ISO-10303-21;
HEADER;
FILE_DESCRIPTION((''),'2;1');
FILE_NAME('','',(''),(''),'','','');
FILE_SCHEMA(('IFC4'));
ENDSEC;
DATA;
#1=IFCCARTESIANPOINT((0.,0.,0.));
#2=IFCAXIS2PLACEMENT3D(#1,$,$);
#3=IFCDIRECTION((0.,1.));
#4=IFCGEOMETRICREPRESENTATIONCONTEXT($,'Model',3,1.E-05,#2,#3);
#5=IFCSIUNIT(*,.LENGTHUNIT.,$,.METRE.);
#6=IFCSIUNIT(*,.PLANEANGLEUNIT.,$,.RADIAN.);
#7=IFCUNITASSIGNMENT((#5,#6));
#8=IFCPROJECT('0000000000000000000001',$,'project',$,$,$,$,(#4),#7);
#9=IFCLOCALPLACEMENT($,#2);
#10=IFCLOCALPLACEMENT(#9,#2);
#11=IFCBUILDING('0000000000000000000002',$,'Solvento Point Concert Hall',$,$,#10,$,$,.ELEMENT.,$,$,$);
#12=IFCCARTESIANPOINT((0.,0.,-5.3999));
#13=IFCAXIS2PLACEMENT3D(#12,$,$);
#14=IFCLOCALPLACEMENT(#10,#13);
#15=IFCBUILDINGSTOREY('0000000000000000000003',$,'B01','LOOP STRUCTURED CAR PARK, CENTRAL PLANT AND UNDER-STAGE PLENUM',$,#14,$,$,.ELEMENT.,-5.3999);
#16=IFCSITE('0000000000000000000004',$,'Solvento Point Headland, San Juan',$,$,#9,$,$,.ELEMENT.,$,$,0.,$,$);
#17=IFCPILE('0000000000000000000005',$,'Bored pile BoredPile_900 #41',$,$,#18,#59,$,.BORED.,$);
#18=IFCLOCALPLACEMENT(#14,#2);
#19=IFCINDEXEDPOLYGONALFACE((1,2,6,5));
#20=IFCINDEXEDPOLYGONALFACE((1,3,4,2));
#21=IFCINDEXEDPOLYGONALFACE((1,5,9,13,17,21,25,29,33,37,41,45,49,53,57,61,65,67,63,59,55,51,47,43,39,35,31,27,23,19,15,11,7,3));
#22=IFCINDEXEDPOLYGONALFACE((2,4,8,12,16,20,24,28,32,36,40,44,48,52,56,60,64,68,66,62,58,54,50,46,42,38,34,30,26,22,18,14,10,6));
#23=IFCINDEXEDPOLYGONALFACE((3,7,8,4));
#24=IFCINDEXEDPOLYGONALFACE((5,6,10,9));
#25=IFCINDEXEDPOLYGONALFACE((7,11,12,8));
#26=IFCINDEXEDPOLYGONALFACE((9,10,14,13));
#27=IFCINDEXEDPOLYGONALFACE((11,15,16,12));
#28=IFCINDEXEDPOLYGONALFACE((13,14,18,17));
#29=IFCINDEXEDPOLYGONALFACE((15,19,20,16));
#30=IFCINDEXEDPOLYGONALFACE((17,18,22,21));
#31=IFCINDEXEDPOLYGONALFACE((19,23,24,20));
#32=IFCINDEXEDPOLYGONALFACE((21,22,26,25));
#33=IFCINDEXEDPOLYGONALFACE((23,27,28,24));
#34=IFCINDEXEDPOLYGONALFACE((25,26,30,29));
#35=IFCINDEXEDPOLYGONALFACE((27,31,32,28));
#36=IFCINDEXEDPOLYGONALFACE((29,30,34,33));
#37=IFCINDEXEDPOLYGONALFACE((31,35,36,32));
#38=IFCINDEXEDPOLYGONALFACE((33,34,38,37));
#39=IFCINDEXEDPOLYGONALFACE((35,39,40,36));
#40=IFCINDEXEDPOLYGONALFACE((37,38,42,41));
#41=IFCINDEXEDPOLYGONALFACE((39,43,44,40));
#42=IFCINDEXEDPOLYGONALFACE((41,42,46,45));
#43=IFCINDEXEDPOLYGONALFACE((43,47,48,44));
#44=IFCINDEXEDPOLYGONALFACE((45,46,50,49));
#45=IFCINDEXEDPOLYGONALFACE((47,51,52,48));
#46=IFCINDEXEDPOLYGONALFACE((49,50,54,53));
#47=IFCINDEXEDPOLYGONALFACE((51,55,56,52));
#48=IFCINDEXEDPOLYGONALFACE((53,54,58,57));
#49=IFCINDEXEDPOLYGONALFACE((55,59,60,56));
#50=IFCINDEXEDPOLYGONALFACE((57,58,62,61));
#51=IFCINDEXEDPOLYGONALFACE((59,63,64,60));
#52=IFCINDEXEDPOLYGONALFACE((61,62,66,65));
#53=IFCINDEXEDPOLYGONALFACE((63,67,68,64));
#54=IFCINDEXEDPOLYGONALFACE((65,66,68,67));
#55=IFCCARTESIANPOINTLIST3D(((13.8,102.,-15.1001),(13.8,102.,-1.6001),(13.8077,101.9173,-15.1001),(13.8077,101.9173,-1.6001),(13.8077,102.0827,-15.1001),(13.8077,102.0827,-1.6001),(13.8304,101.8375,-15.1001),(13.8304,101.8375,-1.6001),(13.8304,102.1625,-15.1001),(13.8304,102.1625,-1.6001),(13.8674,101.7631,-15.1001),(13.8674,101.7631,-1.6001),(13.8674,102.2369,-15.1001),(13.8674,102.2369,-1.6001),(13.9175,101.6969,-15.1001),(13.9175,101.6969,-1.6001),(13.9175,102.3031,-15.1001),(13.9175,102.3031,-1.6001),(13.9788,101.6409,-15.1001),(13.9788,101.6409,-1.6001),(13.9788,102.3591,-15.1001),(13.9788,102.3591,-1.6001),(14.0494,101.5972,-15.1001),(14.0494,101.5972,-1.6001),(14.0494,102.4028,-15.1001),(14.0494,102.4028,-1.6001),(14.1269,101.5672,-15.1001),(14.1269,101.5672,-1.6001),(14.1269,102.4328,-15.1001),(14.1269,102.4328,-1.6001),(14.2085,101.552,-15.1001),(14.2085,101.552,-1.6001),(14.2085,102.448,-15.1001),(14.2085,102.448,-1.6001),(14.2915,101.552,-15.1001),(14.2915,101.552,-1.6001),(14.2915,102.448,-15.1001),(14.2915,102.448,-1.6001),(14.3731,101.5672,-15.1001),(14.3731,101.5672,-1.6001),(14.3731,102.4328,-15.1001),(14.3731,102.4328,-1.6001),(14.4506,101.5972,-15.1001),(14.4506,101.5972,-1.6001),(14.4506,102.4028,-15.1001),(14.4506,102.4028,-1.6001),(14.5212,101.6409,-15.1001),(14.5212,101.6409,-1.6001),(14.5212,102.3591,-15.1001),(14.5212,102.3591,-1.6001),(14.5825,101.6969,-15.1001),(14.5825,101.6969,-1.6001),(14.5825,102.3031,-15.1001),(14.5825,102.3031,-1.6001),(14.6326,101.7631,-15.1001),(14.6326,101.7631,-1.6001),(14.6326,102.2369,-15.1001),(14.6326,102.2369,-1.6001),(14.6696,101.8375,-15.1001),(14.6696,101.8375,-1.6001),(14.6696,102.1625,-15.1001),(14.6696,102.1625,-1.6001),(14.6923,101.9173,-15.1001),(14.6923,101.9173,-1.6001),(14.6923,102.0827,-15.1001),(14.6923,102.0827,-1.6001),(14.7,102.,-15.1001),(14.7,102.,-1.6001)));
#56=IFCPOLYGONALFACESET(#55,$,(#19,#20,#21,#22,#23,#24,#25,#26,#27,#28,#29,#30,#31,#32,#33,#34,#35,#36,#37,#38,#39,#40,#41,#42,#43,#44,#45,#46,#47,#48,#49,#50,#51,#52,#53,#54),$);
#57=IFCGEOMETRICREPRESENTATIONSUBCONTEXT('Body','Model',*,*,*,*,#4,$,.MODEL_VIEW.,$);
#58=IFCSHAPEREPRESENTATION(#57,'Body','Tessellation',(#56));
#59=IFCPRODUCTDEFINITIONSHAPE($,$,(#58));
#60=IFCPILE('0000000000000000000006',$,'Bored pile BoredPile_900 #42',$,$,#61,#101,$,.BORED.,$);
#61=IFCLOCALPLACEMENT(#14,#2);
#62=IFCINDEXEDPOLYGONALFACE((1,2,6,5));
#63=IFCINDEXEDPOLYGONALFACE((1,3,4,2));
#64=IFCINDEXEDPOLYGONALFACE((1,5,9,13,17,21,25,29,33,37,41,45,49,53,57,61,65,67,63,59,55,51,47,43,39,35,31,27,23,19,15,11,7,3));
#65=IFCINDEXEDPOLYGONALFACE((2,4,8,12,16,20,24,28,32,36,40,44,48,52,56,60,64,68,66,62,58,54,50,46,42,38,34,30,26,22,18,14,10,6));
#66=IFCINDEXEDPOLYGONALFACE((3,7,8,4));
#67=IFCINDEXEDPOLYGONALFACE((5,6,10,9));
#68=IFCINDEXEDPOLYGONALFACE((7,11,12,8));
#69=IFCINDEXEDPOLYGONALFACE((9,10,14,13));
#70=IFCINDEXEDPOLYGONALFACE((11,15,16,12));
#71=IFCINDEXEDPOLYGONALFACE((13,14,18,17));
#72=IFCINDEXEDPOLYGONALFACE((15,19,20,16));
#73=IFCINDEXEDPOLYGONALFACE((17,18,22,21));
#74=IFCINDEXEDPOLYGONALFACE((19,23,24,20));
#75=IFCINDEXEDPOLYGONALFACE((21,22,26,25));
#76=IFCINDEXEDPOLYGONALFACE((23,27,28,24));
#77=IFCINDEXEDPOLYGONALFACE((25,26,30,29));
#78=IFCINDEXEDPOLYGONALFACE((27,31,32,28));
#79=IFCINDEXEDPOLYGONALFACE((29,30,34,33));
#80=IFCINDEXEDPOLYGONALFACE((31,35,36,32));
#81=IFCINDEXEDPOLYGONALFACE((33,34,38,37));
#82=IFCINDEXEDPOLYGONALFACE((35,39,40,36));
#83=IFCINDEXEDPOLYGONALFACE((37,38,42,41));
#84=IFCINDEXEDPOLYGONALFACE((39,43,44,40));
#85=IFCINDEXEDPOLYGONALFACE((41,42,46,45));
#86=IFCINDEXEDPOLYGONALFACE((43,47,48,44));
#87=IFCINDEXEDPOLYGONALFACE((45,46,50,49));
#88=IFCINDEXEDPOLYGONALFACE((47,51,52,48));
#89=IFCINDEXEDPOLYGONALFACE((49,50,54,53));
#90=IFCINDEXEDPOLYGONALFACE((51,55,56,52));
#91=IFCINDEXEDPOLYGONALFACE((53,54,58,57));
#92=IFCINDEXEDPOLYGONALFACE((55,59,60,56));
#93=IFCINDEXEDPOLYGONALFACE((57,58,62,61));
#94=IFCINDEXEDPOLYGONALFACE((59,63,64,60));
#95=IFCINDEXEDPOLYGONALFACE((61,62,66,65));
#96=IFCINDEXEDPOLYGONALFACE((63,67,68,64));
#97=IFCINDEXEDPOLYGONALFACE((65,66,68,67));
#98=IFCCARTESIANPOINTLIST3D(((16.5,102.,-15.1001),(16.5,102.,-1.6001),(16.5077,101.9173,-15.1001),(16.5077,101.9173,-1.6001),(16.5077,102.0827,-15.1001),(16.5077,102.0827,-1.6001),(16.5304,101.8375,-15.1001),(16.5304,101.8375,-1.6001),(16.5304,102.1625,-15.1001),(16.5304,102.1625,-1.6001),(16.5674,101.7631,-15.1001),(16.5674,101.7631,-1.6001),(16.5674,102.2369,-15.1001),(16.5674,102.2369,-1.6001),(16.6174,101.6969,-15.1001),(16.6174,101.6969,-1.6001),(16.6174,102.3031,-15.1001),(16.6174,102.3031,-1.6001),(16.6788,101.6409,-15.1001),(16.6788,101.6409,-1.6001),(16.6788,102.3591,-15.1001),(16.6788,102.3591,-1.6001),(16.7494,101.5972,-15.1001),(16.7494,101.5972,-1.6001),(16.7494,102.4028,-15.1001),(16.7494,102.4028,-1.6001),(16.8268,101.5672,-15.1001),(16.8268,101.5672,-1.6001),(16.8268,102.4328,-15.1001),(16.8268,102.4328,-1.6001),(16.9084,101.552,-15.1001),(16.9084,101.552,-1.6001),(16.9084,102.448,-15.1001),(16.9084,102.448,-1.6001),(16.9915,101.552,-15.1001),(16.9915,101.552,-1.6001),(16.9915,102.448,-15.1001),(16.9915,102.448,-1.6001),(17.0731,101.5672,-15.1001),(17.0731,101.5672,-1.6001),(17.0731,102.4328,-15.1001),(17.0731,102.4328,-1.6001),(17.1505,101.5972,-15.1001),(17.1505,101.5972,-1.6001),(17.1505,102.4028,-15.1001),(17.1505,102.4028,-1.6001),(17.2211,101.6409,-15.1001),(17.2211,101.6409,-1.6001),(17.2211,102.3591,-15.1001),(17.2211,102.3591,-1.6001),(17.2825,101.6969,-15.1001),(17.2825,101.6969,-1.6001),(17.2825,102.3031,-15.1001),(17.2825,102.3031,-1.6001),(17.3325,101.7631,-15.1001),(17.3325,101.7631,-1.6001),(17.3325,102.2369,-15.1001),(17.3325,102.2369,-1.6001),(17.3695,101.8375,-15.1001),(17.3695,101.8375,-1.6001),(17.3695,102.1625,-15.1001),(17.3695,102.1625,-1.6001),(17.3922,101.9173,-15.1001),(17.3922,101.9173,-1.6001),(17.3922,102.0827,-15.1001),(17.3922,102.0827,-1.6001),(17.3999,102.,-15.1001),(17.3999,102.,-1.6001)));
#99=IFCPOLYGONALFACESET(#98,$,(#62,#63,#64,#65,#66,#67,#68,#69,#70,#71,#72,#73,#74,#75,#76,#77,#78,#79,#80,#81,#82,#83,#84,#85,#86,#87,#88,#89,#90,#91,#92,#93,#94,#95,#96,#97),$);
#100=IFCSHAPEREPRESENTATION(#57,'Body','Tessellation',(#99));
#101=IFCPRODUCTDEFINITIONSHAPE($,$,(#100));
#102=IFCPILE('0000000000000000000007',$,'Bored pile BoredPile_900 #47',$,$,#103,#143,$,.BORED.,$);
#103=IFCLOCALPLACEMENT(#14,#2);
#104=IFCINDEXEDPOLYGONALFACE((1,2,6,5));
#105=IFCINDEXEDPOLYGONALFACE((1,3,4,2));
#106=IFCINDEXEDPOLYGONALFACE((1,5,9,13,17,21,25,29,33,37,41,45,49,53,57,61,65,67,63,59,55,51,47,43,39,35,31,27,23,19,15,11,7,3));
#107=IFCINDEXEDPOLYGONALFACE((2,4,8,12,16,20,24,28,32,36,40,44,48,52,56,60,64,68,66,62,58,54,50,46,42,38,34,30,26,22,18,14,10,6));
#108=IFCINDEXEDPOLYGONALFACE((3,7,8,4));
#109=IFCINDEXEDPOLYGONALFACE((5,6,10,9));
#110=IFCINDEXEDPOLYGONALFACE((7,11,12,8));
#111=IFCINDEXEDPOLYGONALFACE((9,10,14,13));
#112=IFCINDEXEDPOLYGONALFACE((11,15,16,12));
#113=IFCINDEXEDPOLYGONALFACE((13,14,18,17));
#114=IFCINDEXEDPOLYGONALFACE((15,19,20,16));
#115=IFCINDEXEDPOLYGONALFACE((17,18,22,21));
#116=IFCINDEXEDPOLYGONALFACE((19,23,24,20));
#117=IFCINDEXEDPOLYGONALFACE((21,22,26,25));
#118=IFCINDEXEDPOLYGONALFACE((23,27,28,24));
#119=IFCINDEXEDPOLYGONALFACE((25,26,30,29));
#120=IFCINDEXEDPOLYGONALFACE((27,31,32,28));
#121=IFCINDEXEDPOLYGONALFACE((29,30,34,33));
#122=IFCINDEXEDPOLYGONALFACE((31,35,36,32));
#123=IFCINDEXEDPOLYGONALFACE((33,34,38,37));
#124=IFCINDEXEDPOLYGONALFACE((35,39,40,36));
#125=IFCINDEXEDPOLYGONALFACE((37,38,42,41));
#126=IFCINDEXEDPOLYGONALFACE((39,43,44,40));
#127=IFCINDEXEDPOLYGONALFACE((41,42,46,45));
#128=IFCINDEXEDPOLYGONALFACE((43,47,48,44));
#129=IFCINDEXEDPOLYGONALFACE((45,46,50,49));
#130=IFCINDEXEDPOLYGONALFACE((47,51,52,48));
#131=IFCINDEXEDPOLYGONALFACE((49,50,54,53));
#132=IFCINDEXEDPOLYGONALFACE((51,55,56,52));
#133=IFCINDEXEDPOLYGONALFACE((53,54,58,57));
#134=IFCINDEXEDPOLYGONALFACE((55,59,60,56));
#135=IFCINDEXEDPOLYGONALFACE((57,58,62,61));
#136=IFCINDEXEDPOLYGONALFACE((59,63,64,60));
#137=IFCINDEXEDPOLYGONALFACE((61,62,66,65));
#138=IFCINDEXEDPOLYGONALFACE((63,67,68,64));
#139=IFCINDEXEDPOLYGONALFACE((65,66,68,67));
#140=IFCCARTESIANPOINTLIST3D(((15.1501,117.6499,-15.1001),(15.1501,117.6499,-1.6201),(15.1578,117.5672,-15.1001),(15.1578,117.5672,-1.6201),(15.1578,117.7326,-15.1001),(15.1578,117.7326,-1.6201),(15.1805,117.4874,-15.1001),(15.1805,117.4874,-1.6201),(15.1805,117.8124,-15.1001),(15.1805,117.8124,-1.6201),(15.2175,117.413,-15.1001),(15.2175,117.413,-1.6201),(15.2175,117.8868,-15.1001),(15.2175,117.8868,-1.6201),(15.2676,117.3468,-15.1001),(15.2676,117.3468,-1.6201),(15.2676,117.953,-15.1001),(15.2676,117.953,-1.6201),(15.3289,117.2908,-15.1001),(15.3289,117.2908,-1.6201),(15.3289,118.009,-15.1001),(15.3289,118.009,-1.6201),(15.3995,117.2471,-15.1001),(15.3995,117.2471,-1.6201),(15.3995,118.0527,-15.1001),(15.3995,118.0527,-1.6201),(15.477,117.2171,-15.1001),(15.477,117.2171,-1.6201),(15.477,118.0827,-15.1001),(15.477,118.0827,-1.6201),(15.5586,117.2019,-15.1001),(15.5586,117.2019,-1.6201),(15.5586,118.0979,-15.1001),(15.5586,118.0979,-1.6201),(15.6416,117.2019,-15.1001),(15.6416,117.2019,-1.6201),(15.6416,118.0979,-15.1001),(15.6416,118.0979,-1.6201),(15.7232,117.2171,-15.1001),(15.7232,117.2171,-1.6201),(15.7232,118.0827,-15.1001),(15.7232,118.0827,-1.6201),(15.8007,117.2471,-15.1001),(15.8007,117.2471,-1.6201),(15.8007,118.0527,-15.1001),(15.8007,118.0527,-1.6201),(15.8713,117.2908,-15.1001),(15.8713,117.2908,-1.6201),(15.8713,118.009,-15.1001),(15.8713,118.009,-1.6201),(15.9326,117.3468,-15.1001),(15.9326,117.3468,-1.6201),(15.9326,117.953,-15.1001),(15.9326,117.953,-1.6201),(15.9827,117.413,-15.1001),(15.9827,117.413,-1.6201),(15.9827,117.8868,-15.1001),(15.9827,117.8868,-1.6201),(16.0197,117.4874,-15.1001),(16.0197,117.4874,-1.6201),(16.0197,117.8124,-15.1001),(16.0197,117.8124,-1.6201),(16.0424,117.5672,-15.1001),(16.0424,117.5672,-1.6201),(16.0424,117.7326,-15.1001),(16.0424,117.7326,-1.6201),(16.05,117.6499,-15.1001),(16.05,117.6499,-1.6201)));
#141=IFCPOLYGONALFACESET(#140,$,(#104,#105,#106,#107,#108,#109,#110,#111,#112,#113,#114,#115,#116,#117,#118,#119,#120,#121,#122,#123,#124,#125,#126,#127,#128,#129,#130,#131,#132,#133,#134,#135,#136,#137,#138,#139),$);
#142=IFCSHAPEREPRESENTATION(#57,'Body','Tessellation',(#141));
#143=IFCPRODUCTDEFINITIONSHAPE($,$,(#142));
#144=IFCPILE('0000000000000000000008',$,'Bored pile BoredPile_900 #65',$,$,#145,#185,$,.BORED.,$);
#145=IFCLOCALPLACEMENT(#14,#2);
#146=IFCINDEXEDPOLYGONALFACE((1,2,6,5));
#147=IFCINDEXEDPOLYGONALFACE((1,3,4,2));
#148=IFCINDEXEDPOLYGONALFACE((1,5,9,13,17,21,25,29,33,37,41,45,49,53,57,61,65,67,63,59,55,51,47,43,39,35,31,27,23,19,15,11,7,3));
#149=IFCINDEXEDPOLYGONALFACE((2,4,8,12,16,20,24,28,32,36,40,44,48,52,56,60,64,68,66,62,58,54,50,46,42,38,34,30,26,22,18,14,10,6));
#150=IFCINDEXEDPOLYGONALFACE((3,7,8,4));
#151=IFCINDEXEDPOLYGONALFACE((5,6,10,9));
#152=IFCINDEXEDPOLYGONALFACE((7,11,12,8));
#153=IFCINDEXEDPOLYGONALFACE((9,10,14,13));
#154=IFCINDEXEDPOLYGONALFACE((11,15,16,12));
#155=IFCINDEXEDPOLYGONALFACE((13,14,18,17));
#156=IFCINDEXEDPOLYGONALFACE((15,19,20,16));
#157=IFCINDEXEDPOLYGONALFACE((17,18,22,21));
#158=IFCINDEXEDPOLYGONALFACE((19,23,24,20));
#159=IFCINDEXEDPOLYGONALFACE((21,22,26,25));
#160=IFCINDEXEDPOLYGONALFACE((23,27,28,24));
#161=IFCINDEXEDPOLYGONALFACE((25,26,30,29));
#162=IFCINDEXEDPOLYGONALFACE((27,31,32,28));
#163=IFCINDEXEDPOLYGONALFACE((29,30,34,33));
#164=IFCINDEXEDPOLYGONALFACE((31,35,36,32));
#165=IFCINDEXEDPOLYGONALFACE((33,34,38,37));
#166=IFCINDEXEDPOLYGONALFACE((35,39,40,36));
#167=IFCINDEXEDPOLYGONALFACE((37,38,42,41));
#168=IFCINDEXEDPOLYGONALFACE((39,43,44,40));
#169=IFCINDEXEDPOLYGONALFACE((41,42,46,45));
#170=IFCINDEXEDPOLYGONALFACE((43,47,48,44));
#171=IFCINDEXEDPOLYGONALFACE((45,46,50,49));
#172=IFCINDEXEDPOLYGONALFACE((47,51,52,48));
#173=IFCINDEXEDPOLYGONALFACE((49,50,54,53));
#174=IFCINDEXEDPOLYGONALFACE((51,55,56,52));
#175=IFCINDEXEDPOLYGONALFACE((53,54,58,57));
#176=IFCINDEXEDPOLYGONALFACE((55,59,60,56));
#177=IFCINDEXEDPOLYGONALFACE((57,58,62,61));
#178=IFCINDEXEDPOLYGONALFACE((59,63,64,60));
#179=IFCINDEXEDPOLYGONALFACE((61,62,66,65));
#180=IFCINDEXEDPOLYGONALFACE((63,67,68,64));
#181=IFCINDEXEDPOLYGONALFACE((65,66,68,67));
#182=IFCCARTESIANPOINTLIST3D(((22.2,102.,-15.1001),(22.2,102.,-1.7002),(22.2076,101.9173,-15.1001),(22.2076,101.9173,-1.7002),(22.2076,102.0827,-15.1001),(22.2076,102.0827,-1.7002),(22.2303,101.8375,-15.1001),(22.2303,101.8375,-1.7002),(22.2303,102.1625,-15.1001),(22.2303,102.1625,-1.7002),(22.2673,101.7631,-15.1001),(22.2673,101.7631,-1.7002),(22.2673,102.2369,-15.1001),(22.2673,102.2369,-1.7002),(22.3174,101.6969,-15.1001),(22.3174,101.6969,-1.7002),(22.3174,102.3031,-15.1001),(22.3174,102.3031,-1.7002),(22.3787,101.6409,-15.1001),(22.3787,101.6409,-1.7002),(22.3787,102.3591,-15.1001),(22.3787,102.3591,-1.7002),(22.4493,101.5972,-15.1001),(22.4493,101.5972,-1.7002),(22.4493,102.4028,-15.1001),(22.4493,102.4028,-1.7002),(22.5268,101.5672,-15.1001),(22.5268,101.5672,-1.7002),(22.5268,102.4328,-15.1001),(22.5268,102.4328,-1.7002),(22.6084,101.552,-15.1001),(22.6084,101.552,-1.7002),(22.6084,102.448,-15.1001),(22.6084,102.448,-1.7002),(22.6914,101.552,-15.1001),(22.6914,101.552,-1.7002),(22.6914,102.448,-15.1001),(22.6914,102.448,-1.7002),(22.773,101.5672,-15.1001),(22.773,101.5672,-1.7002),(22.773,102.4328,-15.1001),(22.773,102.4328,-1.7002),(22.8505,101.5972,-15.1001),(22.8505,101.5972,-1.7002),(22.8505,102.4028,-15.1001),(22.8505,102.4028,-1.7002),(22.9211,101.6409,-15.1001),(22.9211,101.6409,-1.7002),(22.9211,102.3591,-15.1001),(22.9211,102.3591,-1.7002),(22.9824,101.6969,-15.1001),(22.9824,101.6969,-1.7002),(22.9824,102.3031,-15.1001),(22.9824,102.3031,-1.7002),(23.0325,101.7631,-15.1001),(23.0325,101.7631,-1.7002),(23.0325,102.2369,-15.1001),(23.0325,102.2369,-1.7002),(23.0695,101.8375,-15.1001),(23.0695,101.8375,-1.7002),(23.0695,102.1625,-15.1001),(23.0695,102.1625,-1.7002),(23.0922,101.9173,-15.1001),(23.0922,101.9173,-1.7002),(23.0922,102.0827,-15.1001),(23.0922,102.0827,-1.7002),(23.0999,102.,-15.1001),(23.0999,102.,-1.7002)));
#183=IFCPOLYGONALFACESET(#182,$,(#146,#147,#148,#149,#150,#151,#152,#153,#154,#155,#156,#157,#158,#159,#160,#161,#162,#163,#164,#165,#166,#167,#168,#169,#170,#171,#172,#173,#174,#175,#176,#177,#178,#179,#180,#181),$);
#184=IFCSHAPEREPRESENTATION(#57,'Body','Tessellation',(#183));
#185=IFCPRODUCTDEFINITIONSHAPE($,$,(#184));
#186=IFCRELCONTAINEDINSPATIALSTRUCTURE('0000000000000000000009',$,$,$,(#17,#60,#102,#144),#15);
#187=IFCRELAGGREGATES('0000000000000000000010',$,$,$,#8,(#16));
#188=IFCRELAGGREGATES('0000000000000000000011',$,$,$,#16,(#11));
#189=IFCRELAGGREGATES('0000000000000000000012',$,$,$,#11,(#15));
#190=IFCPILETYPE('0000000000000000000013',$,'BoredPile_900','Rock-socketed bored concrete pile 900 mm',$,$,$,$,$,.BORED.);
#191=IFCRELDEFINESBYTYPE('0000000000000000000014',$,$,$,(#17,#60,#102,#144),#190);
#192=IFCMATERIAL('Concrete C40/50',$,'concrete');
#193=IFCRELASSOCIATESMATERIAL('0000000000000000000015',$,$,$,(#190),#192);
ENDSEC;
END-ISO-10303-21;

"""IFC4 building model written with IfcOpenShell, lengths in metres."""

from ifc_helpers import new_model, si_unit, direction, frame, origin, origin_2d, place, context, subcontext, project, spatial, circle, extrude, material, material_profile, profile_set, type_object, element, save


model = new_model("IFC4")

# Units and contexts
model_context = context("Model", 3, precision=1e-05, world=origin(), true_north=direction((0.0, 1.0)))
body_context = subcontext(model_context, "Body", "Model", "MODEL_VIEW")
ifc_project = project(units=[si_unit("LENGTHUNIT", "METRE"), si_unit("PLANEANGLEUNIT", "RADIAN")], contexts=[model_context])

# Site, building, storey
site_placement = place(None, origin())
site = spatial("IfcSite", under=ifc_project, at=site_placement, Name="Solvento Point Headland, San Juan", CompositionType="ELEMENT", RefElevation=0.0)
building_placement = place(site_placement, origin())
building = spatial("IfcBuilding", under=site, at=building_placement, Name="Solvento Point Concert Hall", CompositionType="ELEMENT")
storey_placement = place(building_placement, frame((0.0, 0.0, -5.3999)))
storey = spatial("IfcBuildingStorey", under=building, at=storey_placement, Name="B01", Description="LOOP STRUCTURED CAR PARK, CENTRAL PLANT AND UNDER-STAGE PLENUM", CompositionType="ELEMENT", Elevation=-5.3999)

# Piles
ifc_material_1 = material(Name="Concrete C40/50", Category="concrete")
ifc_material_profile_1 = material_profile(ifc_material_1, circle(Radius=0.45, at=origin_2d()), Name="BP-900")
ifc_profile_set_1 = profile_set([ifc_material_profile_1], Name="Concrete C40/50")
pile_type_1 = type_object("IfcPileType", Name="BoredPile_900", Description="Rock-socketed bored concrete pile 900 mm", PredefinedType="BORED", material=ifc_profile_set_1)
for number, where, z_axis, x_axis, name in (
    (1, (14.25, 102.0, -1.6001), (0.0, 0.0, -1.0), (1.0, 0.0, 0.0), "Bored pile BoredPile_900 #41"),
    (2, (16.95, 102.0, -1.6001), (0.0, 0.0, -1.0), (1.0, 0.0, 0.0), "Bored pile BoredPile_900 #42"),
):
    element("IfcPile", number, at=place(storey_placement, frame(where, z_axis=z_axis, x_axis=x_axis)), inside=storey, type_object=pile_type_1, Name=name, PredefinedType="BORED", context=body_context, shape_type="SweptSolid", body=[
        extrude(circle(Radius=0.45, at=origin_2d()), origin(), (0.0, 0.0, 1.0), 13.5),
    ])
pile_1_placement = place(storey_placement, frame((15.6001, 117.6499, -1.6201), z_axis=(0.0, 0.0, -1.0), x_axis=(1.0, 0.0, 0.0)))
element("IfcPile", 3, at=pile_1_placement, inside=storey, type_object=pile_type_1, Name="Bored pile BoredPile_900 #47", PredefinedType="BORED", context=body_context, shape_type="SweptSolid", body=[
    extrude(circle(Radius=0.45, at=origin_2d()), origin(), (0.0, 0.0, 1.0), 13.48),
])
for number, where, z_axis, x_axis, name in (
    (4, (22.6499, 102.0, -1.7002), (0.0, 0.0, -1.0), (1.0, 0.0, 0.0), "Bored pile BoredPile_900 #65"),
):
    element("IfcPile", number, at=place(storey_placement, frame(where, z_axis=z_axis, x_axis=x_axis)), inside=storey, type_object=pile_type_1, Name=name, PredefinedType="BORED", context=body_context, shape_type="SweptSolid", body=[
        extrude(circle(Radius=0.45, at=origin_2d()), origin(), (0.0, 0.0, 1.0), 13.3999),
    ])

save(model, "model.ifc")
